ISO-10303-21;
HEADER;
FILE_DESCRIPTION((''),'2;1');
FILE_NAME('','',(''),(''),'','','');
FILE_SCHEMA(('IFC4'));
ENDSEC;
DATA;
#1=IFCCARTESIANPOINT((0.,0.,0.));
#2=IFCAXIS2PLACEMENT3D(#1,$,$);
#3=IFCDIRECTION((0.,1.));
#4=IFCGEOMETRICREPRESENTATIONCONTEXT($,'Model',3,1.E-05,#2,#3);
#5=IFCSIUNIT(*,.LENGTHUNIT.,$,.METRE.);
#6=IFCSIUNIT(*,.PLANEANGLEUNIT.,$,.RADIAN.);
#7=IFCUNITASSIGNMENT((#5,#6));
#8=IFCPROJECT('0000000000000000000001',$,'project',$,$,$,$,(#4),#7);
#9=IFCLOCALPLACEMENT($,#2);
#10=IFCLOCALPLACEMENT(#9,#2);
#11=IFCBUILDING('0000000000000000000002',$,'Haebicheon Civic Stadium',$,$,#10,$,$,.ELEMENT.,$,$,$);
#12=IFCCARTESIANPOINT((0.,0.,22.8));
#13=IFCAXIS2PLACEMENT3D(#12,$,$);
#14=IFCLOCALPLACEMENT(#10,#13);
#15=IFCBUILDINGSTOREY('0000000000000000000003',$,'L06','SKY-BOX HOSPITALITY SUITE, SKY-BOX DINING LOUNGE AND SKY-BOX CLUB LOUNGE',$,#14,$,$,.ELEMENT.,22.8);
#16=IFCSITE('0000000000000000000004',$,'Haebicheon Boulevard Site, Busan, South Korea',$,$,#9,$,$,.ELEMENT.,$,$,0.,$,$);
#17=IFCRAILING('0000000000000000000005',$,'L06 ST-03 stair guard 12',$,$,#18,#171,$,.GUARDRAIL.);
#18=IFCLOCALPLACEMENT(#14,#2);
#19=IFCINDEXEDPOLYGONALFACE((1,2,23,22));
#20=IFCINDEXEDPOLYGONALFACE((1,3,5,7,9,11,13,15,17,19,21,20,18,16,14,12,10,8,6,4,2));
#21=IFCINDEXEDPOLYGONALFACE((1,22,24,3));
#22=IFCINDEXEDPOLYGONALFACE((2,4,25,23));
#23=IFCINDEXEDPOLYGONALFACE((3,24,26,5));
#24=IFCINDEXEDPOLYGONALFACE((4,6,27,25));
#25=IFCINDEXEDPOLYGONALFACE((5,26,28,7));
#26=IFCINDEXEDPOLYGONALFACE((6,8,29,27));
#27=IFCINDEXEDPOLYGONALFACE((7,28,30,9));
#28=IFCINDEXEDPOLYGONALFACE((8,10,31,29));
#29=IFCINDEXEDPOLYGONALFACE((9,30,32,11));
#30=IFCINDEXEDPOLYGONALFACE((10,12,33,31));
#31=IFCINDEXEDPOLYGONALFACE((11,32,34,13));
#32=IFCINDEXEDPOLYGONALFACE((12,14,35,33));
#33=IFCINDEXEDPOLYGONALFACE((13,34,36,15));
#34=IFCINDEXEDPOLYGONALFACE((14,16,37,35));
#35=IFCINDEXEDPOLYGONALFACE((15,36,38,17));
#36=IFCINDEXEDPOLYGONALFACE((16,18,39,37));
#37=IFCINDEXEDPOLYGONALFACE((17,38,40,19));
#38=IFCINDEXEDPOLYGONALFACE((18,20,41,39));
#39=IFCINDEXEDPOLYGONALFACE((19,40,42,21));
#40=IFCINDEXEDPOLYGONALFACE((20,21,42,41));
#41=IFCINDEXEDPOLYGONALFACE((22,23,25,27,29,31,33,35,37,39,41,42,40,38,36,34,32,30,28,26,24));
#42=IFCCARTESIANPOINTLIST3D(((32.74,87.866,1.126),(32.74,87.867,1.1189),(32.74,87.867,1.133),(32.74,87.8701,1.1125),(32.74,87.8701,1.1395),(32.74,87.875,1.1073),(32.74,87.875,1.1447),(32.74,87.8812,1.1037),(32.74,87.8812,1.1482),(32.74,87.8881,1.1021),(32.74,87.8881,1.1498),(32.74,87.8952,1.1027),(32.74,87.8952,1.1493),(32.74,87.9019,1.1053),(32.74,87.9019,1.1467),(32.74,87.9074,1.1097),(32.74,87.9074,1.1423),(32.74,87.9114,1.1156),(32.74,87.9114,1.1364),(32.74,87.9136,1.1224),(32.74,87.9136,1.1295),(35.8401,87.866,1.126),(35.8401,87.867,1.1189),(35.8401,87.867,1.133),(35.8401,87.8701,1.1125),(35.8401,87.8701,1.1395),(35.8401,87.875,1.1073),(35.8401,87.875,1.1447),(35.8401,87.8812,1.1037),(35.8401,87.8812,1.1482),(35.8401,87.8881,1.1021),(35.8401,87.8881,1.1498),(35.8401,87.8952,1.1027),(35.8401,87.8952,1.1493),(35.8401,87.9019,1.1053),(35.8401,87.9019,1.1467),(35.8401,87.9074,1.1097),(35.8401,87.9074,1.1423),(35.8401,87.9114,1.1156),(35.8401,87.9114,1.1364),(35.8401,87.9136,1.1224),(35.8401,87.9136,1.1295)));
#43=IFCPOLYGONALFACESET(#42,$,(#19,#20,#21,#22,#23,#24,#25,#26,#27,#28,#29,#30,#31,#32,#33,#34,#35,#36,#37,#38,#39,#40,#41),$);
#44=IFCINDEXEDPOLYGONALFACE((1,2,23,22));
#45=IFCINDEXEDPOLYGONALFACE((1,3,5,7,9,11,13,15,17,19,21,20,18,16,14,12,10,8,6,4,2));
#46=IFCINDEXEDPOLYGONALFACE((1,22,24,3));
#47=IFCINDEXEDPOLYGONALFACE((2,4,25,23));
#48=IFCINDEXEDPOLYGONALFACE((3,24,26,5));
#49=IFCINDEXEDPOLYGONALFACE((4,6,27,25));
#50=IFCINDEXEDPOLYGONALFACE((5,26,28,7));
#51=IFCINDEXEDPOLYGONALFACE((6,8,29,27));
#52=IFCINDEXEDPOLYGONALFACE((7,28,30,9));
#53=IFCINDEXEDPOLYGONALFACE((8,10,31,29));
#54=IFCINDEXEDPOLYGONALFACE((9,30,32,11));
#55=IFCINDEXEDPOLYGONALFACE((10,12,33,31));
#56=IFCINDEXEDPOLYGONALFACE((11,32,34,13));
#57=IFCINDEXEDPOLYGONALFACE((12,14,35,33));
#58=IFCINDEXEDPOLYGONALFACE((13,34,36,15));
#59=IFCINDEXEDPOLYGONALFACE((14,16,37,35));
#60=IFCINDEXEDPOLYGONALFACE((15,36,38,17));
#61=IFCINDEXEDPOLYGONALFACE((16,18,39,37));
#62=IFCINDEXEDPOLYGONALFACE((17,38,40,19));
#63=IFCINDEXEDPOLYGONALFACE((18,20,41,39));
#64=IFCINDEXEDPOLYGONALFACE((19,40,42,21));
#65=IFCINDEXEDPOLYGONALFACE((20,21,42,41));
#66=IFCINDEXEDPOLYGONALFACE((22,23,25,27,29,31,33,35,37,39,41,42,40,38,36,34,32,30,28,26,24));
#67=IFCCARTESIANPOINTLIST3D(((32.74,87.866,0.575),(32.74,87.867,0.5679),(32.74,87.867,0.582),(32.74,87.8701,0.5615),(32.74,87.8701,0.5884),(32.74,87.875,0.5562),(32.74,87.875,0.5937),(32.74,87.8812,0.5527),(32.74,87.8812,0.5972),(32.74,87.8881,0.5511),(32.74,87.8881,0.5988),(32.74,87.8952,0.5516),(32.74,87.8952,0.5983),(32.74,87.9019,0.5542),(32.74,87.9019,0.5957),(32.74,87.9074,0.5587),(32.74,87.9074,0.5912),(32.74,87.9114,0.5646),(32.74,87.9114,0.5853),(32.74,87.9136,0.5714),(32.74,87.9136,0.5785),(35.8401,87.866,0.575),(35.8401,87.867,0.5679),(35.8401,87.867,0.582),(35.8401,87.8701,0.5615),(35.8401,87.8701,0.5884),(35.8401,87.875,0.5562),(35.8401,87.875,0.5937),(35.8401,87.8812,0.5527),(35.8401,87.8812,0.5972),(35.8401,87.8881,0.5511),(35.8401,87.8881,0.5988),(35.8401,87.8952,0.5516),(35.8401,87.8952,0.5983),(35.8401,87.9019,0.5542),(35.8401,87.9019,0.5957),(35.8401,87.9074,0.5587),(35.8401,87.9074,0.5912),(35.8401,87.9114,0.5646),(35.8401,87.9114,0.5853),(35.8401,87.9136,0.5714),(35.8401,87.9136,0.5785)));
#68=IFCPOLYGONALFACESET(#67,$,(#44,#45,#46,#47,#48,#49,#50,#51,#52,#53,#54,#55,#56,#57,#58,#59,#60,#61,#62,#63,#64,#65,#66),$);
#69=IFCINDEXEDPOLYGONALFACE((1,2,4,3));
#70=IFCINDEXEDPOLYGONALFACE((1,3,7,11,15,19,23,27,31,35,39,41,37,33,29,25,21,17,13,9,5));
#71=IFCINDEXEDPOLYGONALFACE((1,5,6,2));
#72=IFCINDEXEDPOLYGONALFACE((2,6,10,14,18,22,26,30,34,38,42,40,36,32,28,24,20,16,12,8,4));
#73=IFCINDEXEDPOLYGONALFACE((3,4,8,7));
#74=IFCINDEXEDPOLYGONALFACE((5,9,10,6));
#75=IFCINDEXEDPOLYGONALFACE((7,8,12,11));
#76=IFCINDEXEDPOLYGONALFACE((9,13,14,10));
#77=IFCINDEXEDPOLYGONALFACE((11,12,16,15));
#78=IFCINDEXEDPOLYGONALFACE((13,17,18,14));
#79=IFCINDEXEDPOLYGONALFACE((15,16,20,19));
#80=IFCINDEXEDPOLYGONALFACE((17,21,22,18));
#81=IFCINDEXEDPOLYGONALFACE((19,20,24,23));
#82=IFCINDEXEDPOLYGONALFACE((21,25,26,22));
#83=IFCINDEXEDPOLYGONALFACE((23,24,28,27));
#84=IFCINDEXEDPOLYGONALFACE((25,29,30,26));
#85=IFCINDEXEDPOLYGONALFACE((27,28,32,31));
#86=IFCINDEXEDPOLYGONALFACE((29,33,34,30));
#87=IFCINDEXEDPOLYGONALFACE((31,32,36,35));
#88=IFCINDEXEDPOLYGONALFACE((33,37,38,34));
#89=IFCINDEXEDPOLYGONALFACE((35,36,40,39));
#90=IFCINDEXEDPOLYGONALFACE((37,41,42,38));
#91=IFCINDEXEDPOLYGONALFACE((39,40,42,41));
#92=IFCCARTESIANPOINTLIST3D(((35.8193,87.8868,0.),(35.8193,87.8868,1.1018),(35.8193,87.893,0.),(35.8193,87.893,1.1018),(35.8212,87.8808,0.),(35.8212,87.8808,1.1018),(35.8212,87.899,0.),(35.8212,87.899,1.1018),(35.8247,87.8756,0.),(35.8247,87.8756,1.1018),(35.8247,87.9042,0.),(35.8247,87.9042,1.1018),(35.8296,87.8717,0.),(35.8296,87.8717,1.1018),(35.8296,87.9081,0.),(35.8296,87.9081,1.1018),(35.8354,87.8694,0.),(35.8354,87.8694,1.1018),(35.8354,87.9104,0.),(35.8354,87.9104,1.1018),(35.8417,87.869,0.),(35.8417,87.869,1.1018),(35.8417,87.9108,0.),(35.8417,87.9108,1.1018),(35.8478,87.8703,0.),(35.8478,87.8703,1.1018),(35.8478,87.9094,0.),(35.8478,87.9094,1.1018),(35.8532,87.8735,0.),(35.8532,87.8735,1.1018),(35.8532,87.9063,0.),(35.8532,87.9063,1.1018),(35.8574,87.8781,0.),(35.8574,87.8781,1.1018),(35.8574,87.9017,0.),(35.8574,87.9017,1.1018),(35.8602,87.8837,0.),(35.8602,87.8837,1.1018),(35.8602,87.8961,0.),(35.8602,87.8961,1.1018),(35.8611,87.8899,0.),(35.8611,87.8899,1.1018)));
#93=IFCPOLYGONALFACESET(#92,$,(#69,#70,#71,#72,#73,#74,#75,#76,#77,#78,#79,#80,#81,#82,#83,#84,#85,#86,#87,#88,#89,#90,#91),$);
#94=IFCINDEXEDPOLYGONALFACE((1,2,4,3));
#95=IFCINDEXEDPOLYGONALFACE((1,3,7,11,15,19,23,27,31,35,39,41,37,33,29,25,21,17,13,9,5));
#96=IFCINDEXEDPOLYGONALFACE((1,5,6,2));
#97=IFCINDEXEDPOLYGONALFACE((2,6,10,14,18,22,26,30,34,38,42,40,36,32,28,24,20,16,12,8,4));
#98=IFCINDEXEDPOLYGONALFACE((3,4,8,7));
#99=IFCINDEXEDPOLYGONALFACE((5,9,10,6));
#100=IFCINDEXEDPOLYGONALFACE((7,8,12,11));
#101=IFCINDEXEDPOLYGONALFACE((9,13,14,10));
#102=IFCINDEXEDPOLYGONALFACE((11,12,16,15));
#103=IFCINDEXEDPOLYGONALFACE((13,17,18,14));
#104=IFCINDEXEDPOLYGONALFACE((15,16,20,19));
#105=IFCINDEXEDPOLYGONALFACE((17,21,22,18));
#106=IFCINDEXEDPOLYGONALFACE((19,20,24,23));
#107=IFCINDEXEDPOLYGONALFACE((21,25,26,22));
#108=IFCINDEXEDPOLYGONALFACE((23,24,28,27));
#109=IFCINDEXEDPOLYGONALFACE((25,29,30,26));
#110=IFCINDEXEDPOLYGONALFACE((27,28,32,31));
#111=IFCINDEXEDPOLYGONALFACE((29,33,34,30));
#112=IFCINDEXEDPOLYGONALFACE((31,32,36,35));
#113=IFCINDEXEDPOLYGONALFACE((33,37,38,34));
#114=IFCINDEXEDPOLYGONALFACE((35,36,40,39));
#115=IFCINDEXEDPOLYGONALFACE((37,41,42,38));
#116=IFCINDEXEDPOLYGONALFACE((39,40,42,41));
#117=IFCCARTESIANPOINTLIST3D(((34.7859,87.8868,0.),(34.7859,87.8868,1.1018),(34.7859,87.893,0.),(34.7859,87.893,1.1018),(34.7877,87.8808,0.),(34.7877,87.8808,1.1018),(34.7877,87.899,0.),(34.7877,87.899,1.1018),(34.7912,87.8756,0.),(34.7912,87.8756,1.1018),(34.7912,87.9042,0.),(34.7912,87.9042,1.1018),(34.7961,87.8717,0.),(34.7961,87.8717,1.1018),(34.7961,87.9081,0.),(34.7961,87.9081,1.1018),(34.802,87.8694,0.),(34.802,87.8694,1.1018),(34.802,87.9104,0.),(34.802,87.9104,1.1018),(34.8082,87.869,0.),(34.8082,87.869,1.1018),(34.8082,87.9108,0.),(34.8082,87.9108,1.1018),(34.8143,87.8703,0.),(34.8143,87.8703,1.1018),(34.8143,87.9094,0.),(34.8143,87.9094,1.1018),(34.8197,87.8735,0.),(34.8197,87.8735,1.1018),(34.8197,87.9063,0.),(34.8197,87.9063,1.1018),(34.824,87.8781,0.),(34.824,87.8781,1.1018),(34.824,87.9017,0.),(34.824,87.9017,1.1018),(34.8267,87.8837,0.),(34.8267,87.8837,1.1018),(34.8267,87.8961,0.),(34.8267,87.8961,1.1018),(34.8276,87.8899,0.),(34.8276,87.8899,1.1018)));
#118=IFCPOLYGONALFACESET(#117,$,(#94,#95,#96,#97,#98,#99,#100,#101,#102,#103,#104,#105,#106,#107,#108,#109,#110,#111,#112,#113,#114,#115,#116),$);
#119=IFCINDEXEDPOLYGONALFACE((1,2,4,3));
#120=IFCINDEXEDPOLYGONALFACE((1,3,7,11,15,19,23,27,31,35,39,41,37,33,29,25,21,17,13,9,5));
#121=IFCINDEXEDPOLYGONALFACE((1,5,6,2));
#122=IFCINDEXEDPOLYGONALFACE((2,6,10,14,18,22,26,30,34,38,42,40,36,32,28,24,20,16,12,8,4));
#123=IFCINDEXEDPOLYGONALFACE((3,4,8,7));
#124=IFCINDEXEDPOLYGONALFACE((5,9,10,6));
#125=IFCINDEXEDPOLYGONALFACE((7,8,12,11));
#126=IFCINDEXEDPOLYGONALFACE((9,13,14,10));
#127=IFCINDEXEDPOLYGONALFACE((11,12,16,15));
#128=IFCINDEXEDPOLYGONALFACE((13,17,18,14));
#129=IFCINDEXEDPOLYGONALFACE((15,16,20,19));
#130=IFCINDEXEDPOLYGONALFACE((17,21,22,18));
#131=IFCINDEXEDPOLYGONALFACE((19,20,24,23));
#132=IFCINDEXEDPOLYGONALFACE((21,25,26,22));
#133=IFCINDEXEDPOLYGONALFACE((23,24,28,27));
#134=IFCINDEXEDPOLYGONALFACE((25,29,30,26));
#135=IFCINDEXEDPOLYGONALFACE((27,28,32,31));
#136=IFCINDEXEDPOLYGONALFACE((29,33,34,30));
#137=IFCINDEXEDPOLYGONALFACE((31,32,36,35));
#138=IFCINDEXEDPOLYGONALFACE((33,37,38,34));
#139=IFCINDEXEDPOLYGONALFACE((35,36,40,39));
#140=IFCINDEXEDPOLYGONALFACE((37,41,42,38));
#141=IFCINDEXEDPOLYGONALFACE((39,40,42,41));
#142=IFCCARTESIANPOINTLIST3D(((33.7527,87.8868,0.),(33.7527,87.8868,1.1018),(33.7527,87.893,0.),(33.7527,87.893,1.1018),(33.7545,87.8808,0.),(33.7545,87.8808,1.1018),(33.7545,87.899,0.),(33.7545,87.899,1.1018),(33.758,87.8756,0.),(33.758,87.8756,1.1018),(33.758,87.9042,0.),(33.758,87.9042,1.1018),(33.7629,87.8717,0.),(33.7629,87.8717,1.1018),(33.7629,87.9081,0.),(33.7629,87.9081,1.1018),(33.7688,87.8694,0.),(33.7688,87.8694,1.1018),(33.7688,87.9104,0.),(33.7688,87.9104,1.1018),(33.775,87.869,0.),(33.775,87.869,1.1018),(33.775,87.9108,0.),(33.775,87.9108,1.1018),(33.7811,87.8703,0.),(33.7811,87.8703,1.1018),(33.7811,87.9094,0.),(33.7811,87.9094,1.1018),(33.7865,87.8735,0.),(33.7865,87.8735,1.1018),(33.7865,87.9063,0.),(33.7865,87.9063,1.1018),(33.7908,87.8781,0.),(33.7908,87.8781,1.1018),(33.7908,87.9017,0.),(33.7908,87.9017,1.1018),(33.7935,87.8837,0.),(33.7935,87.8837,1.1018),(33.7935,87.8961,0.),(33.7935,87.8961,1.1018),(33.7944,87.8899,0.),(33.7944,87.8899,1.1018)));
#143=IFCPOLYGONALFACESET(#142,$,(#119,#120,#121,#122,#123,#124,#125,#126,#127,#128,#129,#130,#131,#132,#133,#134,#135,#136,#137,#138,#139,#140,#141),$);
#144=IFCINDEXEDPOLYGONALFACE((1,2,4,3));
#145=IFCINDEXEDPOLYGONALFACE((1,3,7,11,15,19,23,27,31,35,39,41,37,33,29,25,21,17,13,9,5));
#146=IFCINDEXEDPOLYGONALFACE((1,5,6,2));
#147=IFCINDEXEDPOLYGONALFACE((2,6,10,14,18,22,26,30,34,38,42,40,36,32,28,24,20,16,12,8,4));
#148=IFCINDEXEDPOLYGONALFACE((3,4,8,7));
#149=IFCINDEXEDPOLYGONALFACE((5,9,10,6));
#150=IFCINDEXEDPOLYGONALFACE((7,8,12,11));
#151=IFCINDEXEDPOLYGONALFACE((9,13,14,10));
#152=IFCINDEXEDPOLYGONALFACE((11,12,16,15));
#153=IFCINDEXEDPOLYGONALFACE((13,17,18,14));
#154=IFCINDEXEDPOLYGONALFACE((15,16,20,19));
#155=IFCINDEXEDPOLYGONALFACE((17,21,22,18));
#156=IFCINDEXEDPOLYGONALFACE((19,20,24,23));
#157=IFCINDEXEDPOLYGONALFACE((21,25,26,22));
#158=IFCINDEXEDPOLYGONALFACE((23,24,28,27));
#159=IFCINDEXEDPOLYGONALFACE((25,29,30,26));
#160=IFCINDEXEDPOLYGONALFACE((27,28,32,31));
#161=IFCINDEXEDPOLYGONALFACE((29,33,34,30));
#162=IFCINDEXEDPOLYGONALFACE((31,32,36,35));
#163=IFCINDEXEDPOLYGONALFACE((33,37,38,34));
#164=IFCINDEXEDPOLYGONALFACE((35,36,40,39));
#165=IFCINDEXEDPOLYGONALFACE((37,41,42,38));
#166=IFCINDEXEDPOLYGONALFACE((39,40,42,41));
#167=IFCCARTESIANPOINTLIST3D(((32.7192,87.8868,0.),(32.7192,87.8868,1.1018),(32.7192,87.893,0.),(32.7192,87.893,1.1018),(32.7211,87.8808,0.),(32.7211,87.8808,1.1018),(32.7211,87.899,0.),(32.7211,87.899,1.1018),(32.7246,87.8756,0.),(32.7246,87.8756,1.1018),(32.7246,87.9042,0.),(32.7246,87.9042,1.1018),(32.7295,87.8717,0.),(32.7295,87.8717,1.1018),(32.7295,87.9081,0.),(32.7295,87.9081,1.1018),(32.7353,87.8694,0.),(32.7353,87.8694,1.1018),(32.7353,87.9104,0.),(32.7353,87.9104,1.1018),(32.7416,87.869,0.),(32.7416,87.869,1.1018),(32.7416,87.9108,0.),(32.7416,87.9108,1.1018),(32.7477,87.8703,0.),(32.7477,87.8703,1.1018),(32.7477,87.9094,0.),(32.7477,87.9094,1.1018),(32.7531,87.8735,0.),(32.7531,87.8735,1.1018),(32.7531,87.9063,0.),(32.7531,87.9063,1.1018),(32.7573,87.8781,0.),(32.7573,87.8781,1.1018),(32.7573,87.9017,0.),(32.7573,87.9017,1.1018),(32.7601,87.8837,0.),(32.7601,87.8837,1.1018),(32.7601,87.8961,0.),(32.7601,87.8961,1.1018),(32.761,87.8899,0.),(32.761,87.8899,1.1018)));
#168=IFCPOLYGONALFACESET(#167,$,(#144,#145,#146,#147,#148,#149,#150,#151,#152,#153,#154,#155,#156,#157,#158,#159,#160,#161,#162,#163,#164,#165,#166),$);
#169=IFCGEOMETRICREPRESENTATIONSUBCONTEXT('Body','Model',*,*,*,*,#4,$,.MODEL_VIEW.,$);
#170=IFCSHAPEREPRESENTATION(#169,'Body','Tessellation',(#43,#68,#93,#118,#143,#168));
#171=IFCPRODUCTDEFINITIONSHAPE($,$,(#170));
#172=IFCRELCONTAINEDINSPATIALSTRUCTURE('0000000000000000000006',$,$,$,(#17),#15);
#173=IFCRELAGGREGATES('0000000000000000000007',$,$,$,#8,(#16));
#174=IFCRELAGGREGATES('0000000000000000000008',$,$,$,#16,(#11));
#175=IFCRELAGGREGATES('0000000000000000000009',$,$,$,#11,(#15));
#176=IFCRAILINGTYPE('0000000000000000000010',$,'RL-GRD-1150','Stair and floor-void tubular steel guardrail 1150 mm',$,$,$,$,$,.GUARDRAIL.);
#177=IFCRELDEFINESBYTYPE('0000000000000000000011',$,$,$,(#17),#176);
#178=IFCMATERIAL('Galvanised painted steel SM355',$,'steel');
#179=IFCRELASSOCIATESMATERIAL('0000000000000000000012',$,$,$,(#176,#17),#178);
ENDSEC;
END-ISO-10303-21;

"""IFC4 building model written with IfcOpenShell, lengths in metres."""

from ifc_helpers import new_model, si_unit, direction, frame, origin, origin_2d, place, context, subcontext, project, spatial, circle, extrude, material, type_object, element, save


model = new_model("IFC4")

# Units and contexts
model_context = context("Model", 3, precision=1e-05, world=origin(), true_north=direction((0.0, 1.0)))
body_context = subcontext(model_context, "Body", "Model", "MODEL_VIEW")
ifc_project = project(units=[si_unit("LENGTHUNIT", "METRE"), si_unit("PLANEANGLEUNIT", "RADIAN")], contexts=[model_context])

# Site, building, storey
site_placement = place(None, origin())
site = spatial("IfcSite", under=ifc_project, at=site_placement, Name="Haebicheon Boulevard Site, Busan, South Korea", CompositionType="ELEMENT", RefElevation=0.0)
building_placement = place(site_placement, origin())
building = spatial("IfcBuilding", under=site, at=building_placement, Name="Haebicheon Civic Stadium", CompositionType="ELEMENT")
storey_placement = place(building_placement, frame((0.0, 0.0, 22.8)))
storey = spatial("IfcBuildingStorey", under=building, at=storey_placement, Name="L06", Description="SKY-BOX HOSPITALITY SUITE, SKY-BOX DINING LOUNGE AND SKY-BOX CLUB LOUNGE", CompositionType="ELEMENT", Elevation=22.8)

# Railing
ifc_material_1 = material(Name="Galvanised painted steel SM355", Category="steel")
railing_type = type_object("IfcRailingType", Name="RL-GRD-1150", Description="Stair and floor-void tubular steel guardrail 1150 mm", PredefinedType="GUARDRAIL", material=ifc_material_1)
railing_1_placement = place(storey_placement, frame((35.8401, 87.8899, 0.0)))
element("IfcRailing", 1, at=railing_1_placement, inside=storey, type_object=railing_type, material=ifc_material_1, Name="L06 ST-03 stair guard 12", PredefinedType="GUARDRAIL", context=body_context, shape_type="SweptSolid", body=[
    extrude(circle(Radius=0.0239, at=origin_2d()), frame((0.0, 0.0, 1.126), z_axis=(-1.0, 0.0, 0.0), x_axis=(0.0, -1.0, 0.0)), (0.0, 0.0, 1.0), 3.1001),
    extrude(circle(Radius=0.0239, at=origin_2d()), frame((0.0, 0.0, 0.575), z_axis=(-1.0, 0.0, 0.0), x_axis=(0.0, -1.0, 0.0)), (0.0, 0.0, 1.0), 3.1001),
    extrude(circle(Radius=0.021, at=origin_2d()), origin(), (0.0, 0.0, 1.0), 1.1018),
    extrude(circle(Radius=0.021, at=origin_2d()), frame((-1.0334, 0.0, 0.0)), (0.0, 0.0, 1.0), 1.1018),
    extrude(circle(Radius=0.021, at=origin_2d()), frame((-2.0667, 0.0, 0.0)), (0.0, 0.0, 1.0), 1.1018),
    extrude(circle(Radius=0.021, at=origin_2d()), frame((-3.1001, 0.0, 0.0)), (0.0, 0.0, 1.0), 1.1018),
])

save(model, "model.ifc")
